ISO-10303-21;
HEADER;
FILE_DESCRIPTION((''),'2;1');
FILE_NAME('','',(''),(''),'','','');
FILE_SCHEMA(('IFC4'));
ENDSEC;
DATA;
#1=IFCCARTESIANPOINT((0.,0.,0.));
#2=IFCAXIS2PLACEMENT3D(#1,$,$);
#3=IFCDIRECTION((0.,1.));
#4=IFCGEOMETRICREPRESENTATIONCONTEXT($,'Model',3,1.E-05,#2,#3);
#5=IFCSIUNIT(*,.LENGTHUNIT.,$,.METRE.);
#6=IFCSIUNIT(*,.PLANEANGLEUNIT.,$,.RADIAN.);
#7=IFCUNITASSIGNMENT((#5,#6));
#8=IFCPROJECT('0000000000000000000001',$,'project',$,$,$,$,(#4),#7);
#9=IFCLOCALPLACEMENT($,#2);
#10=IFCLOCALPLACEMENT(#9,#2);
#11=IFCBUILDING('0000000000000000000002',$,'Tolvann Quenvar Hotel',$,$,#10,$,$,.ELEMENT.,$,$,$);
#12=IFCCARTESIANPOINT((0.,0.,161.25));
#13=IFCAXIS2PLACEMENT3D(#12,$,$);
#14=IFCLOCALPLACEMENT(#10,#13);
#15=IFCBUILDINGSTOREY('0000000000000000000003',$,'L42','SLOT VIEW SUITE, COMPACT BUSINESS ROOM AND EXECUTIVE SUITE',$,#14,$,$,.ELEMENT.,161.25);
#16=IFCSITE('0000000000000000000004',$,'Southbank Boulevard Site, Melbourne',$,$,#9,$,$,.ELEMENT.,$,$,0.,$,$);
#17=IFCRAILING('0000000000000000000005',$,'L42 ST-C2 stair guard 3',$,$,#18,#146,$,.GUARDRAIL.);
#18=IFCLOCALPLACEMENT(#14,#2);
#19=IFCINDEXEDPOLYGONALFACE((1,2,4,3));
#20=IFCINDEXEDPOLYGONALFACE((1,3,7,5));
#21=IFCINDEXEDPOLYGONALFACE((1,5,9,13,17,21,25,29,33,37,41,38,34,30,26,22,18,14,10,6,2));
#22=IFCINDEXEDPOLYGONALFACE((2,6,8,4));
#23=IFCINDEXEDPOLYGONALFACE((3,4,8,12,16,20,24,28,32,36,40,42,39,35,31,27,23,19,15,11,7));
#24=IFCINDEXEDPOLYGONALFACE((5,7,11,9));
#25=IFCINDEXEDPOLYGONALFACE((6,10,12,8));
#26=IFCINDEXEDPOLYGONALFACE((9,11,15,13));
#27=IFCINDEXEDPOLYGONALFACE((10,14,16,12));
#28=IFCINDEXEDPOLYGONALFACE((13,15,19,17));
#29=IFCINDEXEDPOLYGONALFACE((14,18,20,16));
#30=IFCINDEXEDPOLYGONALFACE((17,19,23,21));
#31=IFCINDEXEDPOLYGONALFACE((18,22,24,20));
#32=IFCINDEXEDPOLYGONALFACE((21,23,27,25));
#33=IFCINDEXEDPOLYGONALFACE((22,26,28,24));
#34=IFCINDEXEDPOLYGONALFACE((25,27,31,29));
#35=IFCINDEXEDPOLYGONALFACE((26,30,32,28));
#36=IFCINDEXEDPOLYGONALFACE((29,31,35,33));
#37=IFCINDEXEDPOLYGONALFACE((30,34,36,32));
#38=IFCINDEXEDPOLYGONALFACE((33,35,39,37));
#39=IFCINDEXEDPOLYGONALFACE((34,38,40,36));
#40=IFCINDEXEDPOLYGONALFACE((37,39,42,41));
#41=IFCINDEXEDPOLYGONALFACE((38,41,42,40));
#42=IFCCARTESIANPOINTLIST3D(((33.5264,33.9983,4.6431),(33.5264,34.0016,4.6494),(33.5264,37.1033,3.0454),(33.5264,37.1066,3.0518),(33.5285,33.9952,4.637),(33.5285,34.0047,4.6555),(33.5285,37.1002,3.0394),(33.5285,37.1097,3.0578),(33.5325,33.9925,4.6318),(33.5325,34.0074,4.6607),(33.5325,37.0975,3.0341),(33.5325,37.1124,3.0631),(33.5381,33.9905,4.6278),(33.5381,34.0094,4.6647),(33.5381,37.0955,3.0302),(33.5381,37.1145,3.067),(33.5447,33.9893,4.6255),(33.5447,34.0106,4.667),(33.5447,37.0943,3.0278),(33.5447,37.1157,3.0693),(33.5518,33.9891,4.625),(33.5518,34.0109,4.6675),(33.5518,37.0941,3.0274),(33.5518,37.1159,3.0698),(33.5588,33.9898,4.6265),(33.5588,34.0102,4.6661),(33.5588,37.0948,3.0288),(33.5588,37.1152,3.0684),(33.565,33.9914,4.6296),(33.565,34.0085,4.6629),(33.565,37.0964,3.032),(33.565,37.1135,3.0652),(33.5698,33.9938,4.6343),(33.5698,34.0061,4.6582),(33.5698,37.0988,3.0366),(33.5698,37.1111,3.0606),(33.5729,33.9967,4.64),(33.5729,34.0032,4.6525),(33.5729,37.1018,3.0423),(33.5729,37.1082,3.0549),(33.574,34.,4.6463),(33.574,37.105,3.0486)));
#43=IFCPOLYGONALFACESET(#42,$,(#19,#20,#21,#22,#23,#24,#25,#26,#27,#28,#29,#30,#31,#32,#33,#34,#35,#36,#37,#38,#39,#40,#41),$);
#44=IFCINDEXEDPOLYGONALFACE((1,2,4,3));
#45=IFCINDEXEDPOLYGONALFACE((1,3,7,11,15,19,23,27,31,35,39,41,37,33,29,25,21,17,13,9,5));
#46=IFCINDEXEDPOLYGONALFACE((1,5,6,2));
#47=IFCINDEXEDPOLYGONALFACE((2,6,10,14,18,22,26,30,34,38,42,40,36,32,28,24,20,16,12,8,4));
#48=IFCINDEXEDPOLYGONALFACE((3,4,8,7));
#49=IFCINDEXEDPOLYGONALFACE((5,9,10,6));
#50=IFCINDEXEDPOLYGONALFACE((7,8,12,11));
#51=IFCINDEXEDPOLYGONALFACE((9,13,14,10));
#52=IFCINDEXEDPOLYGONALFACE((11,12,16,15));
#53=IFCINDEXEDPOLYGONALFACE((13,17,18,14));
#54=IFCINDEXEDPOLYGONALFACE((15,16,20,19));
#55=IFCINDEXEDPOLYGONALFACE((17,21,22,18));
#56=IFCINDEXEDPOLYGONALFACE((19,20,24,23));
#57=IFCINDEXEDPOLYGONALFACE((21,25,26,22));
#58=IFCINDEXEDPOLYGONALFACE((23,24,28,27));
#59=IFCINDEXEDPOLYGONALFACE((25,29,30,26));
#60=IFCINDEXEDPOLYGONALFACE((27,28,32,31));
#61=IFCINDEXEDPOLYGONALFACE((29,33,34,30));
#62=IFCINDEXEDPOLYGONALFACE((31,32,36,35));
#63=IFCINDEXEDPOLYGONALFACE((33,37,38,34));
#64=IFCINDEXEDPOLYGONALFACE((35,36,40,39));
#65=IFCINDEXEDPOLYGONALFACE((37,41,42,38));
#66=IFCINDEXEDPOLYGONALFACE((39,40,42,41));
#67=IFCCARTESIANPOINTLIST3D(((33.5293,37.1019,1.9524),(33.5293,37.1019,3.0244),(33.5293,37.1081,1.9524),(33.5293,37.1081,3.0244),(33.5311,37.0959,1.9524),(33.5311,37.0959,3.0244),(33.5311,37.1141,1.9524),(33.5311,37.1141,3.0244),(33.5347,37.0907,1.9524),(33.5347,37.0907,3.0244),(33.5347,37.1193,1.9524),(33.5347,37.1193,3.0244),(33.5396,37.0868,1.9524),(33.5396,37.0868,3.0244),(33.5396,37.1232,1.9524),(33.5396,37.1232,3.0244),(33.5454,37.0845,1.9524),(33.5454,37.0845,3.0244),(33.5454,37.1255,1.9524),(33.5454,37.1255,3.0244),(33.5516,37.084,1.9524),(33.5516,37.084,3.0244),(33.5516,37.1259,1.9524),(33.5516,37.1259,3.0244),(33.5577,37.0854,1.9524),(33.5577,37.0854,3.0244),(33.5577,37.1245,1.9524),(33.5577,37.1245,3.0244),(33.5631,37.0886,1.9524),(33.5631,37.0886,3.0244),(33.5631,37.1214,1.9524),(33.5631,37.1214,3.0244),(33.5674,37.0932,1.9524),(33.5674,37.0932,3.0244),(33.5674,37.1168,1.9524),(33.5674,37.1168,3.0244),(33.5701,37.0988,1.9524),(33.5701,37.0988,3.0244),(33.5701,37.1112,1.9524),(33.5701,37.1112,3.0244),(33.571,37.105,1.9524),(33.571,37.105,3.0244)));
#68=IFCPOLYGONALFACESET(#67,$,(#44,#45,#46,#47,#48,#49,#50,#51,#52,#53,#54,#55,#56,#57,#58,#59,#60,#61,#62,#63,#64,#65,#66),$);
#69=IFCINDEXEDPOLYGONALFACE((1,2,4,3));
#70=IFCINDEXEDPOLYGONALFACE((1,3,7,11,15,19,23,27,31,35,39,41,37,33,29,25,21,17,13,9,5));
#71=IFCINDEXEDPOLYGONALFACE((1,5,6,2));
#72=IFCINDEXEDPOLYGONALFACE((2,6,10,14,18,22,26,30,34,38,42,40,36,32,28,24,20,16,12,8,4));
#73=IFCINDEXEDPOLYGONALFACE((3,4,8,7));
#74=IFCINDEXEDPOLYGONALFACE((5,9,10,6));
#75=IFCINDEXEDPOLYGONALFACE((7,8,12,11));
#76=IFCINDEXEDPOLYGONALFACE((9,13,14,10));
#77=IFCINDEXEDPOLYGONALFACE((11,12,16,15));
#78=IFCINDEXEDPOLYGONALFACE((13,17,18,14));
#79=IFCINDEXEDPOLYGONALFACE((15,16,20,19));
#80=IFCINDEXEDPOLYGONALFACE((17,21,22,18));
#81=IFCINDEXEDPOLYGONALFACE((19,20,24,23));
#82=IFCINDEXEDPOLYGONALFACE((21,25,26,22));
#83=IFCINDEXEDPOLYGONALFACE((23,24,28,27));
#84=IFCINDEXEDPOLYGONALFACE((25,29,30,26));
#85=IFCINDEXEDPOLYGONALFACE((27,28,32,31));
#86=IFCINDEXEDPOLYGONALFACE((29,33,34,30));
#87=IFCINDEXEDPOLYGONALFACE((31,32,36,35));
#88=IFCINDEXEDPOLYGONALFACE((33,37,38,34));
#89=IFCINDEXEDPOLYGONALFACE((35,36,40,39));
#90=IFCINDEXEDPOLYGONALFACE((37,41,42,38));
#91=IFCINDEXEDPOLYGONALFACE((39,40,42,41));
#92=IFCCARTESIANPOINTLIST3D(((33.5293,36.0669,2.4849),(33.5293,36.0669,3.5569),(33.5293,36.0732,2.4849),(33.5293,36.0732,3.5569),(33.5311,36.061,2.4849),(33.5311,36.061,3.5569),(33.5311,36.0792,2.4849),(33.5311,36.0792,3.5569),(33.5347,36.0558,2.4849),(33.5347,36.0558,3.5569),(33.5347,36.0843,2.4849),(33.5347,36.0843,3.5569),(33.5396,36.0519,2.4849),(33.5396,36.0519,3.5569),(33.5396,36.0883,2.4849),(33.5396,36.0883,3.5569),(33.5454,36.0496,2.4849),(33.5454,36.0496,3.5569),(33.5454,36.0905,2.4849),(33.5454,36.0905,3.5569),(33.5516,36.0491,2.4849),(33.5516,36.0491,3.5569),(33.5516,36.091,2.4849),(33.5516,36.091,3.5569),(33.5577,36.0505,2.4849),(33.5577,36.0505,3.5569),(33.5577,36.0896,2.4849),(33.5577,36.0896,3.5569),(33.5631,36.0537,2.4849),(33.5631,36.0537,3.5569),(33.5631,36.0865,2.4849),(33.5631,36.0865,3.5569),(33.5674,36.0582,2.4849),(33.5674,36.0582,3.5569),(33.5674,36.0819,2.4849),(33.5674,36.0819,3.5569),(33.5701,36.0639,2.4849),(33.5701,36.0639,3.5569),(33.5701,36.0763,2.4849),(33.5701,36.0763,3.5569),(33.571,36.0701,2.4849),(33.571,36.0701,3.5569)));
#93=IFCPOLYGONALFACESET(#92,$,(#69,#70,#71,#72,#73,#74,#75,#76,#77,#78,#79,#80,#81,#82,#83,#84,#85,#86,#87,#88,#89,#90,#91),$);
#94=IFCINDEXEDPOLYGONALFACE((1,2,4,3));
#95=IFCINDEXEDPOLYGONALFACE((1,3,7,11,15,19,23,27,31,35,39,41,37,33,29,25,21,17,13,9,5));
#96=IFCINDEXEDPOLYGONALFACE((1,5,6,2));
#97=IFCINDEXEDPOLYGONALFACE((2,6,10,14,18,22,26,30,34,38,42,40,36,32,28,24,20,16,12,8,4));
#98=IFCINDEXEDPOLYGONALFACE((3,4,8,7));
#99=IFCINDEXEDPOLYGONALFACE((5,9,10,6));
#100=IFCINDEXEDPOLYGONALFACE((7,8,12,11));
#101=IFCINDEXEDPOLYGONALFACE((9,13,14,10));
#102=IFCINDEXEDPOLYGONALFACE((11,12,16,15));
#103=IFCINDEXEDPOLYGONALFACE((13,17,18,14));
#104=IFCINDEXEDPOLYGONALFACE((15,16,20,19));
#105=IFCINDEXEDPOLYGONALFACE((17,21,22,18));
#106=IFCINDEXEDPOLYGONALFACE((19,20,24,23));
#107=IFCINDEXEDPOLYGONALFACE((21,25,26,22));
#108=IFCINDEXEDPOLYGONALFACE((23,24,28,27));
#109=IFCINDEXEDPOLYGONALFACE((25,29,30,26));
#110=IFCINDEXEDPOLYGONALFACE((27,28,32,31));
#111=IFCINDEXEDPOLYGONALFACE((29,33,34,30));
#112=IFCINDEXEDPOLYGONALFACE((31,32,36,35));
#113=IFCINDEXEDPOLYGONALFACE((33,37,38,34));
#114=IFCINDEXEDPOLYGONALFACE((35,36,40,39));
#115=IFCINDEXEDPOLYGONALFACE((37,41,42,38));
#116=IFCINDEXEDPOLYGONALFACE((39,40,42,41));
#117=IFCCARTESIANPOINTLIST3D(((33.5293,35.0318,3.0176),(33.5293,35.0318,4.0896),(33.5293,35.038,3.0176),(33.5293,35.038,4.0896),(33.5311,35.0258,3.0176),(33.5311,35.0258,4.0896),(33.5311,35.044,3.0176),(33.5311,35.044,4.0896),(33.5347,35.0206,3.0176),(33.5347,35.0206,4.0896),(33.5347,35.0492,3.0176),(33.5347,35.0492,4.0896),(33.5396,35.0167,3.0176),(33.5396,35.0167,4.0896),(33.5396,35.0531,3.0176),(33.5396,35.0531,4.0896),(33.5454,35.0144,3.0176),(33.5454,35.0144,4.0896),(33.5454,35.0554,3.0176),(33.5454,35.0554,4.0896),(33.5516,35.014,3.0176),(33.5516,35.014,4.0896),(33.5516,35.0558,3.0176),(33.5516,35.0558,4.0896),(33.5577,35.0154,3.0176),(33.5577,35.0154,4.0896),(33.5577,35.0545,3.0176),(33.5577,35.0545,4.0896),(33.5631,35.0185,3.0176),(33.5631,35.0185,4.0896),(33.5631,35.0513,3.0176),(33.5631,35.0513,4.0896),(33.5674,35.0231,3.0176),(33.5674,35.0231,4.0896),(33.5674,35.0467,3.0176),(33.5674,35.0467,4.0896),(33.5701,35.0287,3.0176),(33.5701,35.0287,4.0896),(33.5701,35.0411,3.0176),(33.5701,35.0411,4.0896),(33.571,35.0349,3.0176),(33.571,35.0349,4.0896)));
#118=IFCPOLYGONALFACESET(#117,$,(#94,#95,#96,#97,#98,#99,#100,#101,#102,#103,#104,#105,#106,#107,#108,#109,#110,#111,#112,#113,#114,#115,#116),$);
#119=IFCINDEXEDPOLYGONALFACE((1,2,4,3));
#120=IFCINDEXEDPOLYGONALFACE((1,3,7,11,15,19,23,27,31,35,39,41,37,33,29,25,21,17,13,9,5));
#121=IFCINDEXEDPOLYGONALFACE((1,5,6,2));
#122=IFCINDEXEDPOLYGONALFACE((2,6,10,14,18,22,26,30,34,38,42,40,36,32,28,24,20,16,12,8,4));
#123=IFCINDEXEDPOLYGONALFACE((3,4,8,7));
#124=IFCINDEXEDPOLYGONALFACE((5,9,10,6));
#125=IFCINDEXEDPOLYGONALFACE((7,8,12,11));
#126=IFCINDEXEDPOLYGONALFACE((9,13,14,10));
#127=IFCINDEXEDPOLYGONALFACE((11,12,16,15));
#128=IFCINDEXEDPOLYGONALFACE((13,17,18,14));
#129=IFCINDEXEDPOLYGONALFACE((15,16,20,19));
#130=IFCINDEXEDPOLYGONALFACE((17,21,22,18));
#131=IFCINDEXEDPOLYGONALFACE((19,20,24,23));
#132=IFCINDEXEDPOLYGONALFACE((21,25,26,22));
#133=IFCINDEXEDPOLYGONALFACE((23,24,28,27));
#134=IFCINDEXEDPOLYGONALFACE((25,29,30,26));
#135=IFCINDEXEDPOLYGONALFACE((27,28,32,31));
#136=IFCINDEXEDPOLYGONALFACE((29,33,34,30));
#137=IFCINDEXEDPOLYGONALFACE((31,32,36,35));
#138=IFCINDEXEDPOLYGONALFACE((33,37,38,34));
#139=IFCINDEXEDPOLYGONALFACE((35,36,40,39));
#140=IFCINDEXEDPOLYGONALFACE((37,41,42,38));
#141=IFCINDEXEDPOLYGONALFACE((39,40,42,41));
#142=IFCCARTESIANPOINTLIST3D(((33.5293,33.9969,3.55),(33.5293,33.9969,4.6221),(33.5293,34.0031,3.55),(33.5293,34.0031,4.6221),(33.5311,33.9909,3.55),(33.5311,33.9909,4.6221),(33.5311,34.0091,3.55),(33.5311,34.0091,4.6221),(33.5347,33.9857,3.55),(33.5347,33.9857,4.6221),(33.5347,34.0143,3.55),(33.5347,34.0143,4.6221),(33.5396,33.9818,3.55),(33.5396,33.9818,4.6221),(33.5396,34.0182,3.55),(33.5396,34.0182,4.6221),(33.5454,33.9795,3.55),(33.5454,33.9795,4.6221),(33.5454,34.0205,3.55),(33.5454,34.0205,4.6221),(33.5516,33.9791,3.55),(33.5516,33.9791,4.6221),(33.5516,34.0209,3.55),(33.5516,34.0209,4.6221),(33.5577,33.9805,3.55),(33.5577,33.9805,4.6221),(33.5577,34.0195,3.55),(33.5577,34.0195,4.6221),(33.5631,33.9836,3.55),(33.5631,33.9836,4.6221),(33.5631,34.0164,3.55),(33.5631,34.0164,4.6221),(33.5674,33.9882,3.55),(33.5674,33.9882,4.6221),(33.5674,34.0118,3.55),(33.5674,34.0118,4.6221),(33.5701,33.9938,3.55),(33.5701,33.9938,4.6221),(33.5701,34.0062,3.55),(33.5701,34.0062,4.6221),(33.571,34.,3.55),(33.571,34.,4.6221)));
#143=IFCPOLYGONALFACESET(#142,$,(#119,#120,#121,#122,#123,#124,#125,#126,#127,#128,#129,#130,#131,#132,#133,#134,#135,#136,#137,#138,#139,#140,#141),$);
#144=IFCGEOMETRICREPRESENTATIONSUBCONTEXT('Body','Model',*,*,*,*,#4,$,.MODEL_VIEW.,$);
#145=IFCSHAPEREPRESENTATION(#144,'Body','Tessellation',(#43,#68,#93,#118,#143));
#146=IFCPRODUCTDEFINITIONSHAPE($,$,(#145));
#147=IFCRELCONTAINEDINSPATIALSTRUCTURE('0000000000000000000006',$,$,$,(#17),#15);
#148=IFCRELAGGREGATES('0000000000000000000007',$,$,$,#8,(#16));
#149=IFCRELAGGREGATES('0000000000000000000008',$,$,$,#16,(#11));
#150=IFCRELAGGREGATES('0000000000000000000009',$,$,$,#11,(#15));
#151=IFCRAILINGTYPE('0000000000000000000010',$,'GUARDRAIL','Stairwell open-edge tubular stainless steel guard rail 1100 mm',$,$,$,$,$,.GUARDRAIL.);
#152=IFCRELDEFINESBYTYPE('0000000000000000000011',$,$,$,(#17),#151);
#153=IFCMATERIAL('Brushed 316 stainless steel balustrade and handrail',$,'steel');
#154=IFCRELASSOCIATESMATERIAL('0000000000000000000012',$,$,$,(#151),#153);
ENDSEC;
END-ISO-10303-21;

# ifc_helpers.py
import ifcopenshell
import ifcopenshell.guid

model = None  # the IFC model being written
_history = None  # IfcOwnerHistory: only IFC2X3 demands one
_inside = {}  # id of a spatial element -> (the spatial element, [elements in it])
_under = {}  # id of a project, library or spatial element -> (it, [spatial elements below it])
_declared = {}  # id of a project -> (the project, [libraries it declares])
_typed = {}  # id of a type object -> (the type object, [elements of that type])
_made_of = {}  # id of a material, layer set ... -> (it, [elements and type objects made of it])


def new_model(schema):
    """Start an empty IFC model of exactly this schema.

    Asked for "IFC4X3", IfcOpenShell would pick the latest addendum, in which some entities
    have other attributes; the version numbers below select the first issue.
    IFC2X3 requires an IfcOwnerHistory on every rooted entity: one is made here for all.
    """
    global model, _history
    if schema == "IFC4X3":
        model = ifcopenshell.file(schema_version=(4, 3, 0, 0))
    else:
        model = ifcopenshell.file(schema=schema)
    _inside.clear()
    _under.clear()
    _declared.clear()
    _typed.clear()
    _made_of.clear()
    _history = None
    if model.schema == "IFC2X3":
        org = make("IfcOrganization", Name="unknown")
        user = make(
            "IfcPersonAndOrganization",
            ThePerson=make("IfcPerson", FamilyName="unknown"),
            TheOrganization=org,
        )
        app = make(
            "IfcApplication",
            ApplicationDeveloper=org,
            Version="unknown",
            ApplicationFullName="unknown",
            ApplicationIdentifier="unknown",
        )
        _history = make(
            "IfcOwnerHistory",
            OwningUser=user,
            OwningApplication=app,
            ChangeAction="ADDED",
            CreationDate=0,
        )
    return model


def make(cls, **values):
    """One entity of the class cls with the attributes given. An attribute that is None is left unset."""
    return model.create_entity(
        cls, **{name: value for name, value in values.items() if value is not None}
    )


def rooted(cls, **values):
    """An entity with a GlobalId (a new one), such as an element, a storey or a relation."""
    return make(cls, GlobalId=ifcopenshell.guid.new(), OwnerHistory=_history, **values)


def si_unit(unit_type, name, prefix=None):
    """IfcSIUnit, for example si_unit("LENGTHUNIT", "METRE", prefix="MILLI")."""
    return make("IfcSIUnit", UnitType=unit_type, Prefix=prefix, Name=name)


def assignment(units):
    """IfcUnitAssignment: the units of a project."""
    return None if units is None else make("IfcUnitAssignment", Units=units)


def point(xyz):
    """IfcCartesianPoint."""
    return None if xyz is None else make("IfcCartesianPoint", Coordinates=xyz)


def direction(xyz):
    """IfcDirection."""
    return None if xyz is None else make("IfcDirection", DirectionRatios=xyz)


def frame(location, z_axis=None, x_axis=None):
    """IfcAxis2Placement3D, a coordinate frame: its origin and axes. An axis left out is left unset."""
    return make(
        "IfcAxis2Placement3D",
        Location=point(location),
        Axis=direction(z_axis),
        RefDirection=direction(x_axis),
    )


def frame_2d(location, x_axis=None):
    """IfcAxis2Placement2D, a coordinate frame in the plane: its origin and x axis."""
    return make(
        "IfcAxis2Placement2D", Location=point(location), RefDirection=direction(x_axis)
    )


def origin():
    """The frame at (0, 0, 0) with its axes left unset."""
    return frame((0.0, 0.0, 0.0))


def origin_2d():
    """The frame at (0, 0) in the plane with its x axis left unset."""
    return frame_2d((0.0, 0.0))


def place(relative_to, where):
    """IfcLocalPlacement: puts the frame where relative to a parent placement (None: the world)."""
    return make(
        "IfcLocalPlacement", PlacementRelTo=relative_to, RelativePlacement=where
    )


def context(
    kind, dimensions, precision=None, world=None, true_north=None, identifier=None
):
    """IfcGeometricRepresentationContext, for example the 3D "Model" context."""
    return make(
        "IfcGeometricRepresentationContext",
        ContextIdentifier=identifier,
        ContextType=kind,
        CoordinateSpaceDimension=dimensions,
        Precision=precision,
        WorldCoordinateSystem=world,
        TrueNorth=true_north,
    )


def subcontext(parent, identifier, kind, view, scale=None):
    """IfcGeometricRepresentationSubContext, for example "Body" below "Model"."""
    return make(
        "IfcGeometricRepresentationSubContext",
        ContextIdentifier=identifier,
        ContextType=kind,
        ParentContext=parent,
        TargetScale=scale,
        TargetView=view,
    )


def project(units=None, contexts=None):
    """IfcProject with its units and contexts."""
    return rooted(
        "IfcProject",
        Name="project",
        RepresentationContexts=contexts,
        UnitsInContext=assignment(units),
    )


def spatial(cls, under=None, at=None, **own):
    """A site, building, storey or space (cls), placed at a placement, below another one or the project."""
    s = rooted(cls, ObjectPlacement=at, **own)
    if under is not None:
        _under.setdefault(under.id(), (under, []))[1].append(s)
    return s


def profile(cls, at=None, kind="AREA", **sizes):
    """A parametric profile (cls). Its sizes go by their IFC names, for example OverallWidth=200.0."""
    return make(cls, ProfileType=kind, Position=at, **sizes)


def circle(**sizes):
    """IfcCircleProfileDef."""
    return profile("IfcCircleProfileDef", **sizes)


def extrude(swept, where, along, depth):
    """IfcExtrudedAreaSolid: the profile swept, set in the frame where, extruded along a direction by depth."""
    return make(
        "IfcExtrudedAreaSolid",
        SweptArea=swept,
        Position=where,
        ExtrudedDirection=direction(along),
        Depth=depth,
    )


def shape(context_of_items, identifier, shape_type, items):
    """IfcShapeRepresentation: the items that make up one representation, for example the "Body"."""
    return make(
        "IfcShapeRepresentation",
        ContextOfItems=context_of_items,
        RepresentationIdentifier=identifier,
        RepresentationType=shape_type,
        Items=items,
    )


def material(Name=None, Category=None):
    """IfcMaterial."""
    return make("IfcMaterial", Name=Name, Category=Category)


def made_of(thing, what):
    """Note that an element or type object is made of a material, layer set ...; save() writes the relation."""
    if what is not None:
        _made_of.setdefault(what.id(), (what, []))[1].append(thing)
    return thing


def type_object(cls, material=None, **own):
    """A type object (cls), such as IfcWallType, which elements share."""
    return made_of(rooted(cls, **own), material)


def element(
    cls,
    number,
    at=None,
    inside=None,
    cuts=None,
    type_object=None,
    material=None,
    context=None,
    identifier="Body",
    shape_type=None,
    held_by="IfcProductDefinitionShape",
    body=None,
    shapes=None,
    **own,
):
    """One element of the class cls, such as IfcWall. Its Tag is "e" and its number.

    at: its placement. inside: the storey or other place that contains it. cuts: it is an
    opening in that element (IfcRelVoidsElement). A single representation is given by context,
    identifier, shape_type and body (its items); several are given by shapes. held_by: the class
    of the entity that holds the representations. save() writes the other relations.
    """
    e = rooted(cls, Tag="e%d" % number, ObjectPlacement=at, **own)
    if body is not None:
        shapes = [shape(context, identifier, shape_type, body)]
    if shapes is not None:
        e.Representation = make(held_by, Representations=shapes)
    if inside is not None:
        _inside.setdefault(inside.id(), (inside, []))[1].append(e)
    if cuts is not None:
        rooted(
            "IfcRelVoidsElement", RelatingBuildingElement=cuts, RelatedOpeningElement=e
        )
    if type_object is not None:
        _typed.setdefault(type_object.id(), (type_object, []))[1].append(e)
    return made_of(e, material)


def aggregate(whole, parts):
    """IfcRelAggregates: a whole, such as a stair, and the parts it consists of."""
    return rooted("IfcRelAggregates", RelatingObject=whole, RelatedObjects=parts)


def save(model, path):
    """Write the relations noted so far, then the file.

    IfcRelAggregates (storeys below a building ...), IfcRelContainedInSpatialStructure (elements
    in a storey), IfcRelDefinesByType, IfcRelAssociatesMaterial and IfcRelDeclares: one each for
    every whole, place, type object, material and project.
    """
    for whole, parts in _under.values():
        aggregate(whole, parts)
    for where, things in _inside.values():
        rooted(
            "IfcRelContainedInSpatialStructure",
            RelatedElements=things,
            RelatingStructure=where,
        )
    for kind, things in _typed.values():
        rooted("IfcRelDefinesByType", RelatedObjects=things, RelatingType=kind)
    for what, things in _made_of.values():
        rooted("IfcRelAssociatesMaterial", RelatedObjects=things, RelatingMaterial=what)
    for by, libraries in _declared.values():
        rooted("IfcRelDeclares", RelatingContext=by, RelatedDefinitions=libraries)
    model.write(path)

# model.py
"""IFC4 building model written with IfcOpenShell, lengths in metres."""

from ifc_helpers import new_model, si_unit, direction, frame, origin, origin_2d, place, context, subcontext, project, spatial, circle, extrude, material, type_object, element, save


model = new_model("IFC4")

# Units and contexts
model_context = context("Model", 3, precision=1e-05, world=origin(), true_north=direction((0.0, 1.0)))
body_context = subcontext(model_context, "Body", "Model", "MODEL_VIEW")
ifc_project = project(units=[si_unit("LENGTHUNIT", "METRE"), si_unit("PLANEANGLEUNIT", "RADIAN")], contexts=[model_context])

# Site, building, storey
site_placement = place(None, origin())
site = spatial("IfcSite", under=ifc_project, at=site_placement, Name="Southbank Boulevard Site, Melbourne", CompositionType="ELEMENT", RefElevation=0.0)
building_placement = place(site_placement, origin())
building = spatial("IfcBuilding", under=site, at=building_placement, Name="Tolvann Quenvar Hotel", CompositionType="ELEMENT")
storey_placement = place(building_placement, frame((0.0, 0.0, 161.25)))
storey = spatial("IfcBuildingStorey", under=building, at=storey_placement, Name="L42", Description="SLOT VIEW SUITE, COMPACT BUSINESS ROOM AND EXECUTIVE SUITE", CompositionType="ELEMENT", Elevation=161.25)

# Railing
ifc_material_1 = material(Name="Brushed 316 stainless steel balustrade and handrail", Category="steel")
railing_type_1 = type_object("IfcRailingType", Name="GUARDRAIL", Description="Stairwell open-edge tubular stainless steel guard rail 1100 mm", PredefinedType="GUARDRAIL", material=ifc_material_1)
railing_1_placement = place(storey_placement, frame((33.55, 37.105, 1.9524)))
element("IfcRailing", 1, at=railing_1_placement, inside=storey, type_object=railing_type_1, Name="L42 ST-C2 stair guard 3", PredefinedType="GUARDRAIL", context=body_context, shape_type="SweptSolid", body=[
    extrude(circle(Radius=0.0239, at=origin_2d()), frame((0.0, 0.0, 1.0962), z_axis=(0.0, -0.889194, 0.457531), x_axis=(1.0, 0.0, 0.0)), (0.0, 0.0, 1.0), 3.4919),
    extrude(circle(Radius=0.021, at=origin_2d()), origin(), (0.0, 0.0, 1.0), 1.072),
    extrude(circle(Radius=0.021, at=origin_2d()), frame((0.0, -1.0349, 0.5325)), (0.0, 0.0, 1.0), 1.072),
    extrude(circle(Radius=0.021, at=origin_2d()), frame((0.0, -2.0701, 1.0652)), (0.0, 0.0, 1.0), 1.072),
    extrude(circle(Radius=0.021, at=origin_2d()), frame((0.0, -3.105, 1.5977)), (0.0, 0.0, 1.0), 1.072),
])

save(model, "model.ifc")
